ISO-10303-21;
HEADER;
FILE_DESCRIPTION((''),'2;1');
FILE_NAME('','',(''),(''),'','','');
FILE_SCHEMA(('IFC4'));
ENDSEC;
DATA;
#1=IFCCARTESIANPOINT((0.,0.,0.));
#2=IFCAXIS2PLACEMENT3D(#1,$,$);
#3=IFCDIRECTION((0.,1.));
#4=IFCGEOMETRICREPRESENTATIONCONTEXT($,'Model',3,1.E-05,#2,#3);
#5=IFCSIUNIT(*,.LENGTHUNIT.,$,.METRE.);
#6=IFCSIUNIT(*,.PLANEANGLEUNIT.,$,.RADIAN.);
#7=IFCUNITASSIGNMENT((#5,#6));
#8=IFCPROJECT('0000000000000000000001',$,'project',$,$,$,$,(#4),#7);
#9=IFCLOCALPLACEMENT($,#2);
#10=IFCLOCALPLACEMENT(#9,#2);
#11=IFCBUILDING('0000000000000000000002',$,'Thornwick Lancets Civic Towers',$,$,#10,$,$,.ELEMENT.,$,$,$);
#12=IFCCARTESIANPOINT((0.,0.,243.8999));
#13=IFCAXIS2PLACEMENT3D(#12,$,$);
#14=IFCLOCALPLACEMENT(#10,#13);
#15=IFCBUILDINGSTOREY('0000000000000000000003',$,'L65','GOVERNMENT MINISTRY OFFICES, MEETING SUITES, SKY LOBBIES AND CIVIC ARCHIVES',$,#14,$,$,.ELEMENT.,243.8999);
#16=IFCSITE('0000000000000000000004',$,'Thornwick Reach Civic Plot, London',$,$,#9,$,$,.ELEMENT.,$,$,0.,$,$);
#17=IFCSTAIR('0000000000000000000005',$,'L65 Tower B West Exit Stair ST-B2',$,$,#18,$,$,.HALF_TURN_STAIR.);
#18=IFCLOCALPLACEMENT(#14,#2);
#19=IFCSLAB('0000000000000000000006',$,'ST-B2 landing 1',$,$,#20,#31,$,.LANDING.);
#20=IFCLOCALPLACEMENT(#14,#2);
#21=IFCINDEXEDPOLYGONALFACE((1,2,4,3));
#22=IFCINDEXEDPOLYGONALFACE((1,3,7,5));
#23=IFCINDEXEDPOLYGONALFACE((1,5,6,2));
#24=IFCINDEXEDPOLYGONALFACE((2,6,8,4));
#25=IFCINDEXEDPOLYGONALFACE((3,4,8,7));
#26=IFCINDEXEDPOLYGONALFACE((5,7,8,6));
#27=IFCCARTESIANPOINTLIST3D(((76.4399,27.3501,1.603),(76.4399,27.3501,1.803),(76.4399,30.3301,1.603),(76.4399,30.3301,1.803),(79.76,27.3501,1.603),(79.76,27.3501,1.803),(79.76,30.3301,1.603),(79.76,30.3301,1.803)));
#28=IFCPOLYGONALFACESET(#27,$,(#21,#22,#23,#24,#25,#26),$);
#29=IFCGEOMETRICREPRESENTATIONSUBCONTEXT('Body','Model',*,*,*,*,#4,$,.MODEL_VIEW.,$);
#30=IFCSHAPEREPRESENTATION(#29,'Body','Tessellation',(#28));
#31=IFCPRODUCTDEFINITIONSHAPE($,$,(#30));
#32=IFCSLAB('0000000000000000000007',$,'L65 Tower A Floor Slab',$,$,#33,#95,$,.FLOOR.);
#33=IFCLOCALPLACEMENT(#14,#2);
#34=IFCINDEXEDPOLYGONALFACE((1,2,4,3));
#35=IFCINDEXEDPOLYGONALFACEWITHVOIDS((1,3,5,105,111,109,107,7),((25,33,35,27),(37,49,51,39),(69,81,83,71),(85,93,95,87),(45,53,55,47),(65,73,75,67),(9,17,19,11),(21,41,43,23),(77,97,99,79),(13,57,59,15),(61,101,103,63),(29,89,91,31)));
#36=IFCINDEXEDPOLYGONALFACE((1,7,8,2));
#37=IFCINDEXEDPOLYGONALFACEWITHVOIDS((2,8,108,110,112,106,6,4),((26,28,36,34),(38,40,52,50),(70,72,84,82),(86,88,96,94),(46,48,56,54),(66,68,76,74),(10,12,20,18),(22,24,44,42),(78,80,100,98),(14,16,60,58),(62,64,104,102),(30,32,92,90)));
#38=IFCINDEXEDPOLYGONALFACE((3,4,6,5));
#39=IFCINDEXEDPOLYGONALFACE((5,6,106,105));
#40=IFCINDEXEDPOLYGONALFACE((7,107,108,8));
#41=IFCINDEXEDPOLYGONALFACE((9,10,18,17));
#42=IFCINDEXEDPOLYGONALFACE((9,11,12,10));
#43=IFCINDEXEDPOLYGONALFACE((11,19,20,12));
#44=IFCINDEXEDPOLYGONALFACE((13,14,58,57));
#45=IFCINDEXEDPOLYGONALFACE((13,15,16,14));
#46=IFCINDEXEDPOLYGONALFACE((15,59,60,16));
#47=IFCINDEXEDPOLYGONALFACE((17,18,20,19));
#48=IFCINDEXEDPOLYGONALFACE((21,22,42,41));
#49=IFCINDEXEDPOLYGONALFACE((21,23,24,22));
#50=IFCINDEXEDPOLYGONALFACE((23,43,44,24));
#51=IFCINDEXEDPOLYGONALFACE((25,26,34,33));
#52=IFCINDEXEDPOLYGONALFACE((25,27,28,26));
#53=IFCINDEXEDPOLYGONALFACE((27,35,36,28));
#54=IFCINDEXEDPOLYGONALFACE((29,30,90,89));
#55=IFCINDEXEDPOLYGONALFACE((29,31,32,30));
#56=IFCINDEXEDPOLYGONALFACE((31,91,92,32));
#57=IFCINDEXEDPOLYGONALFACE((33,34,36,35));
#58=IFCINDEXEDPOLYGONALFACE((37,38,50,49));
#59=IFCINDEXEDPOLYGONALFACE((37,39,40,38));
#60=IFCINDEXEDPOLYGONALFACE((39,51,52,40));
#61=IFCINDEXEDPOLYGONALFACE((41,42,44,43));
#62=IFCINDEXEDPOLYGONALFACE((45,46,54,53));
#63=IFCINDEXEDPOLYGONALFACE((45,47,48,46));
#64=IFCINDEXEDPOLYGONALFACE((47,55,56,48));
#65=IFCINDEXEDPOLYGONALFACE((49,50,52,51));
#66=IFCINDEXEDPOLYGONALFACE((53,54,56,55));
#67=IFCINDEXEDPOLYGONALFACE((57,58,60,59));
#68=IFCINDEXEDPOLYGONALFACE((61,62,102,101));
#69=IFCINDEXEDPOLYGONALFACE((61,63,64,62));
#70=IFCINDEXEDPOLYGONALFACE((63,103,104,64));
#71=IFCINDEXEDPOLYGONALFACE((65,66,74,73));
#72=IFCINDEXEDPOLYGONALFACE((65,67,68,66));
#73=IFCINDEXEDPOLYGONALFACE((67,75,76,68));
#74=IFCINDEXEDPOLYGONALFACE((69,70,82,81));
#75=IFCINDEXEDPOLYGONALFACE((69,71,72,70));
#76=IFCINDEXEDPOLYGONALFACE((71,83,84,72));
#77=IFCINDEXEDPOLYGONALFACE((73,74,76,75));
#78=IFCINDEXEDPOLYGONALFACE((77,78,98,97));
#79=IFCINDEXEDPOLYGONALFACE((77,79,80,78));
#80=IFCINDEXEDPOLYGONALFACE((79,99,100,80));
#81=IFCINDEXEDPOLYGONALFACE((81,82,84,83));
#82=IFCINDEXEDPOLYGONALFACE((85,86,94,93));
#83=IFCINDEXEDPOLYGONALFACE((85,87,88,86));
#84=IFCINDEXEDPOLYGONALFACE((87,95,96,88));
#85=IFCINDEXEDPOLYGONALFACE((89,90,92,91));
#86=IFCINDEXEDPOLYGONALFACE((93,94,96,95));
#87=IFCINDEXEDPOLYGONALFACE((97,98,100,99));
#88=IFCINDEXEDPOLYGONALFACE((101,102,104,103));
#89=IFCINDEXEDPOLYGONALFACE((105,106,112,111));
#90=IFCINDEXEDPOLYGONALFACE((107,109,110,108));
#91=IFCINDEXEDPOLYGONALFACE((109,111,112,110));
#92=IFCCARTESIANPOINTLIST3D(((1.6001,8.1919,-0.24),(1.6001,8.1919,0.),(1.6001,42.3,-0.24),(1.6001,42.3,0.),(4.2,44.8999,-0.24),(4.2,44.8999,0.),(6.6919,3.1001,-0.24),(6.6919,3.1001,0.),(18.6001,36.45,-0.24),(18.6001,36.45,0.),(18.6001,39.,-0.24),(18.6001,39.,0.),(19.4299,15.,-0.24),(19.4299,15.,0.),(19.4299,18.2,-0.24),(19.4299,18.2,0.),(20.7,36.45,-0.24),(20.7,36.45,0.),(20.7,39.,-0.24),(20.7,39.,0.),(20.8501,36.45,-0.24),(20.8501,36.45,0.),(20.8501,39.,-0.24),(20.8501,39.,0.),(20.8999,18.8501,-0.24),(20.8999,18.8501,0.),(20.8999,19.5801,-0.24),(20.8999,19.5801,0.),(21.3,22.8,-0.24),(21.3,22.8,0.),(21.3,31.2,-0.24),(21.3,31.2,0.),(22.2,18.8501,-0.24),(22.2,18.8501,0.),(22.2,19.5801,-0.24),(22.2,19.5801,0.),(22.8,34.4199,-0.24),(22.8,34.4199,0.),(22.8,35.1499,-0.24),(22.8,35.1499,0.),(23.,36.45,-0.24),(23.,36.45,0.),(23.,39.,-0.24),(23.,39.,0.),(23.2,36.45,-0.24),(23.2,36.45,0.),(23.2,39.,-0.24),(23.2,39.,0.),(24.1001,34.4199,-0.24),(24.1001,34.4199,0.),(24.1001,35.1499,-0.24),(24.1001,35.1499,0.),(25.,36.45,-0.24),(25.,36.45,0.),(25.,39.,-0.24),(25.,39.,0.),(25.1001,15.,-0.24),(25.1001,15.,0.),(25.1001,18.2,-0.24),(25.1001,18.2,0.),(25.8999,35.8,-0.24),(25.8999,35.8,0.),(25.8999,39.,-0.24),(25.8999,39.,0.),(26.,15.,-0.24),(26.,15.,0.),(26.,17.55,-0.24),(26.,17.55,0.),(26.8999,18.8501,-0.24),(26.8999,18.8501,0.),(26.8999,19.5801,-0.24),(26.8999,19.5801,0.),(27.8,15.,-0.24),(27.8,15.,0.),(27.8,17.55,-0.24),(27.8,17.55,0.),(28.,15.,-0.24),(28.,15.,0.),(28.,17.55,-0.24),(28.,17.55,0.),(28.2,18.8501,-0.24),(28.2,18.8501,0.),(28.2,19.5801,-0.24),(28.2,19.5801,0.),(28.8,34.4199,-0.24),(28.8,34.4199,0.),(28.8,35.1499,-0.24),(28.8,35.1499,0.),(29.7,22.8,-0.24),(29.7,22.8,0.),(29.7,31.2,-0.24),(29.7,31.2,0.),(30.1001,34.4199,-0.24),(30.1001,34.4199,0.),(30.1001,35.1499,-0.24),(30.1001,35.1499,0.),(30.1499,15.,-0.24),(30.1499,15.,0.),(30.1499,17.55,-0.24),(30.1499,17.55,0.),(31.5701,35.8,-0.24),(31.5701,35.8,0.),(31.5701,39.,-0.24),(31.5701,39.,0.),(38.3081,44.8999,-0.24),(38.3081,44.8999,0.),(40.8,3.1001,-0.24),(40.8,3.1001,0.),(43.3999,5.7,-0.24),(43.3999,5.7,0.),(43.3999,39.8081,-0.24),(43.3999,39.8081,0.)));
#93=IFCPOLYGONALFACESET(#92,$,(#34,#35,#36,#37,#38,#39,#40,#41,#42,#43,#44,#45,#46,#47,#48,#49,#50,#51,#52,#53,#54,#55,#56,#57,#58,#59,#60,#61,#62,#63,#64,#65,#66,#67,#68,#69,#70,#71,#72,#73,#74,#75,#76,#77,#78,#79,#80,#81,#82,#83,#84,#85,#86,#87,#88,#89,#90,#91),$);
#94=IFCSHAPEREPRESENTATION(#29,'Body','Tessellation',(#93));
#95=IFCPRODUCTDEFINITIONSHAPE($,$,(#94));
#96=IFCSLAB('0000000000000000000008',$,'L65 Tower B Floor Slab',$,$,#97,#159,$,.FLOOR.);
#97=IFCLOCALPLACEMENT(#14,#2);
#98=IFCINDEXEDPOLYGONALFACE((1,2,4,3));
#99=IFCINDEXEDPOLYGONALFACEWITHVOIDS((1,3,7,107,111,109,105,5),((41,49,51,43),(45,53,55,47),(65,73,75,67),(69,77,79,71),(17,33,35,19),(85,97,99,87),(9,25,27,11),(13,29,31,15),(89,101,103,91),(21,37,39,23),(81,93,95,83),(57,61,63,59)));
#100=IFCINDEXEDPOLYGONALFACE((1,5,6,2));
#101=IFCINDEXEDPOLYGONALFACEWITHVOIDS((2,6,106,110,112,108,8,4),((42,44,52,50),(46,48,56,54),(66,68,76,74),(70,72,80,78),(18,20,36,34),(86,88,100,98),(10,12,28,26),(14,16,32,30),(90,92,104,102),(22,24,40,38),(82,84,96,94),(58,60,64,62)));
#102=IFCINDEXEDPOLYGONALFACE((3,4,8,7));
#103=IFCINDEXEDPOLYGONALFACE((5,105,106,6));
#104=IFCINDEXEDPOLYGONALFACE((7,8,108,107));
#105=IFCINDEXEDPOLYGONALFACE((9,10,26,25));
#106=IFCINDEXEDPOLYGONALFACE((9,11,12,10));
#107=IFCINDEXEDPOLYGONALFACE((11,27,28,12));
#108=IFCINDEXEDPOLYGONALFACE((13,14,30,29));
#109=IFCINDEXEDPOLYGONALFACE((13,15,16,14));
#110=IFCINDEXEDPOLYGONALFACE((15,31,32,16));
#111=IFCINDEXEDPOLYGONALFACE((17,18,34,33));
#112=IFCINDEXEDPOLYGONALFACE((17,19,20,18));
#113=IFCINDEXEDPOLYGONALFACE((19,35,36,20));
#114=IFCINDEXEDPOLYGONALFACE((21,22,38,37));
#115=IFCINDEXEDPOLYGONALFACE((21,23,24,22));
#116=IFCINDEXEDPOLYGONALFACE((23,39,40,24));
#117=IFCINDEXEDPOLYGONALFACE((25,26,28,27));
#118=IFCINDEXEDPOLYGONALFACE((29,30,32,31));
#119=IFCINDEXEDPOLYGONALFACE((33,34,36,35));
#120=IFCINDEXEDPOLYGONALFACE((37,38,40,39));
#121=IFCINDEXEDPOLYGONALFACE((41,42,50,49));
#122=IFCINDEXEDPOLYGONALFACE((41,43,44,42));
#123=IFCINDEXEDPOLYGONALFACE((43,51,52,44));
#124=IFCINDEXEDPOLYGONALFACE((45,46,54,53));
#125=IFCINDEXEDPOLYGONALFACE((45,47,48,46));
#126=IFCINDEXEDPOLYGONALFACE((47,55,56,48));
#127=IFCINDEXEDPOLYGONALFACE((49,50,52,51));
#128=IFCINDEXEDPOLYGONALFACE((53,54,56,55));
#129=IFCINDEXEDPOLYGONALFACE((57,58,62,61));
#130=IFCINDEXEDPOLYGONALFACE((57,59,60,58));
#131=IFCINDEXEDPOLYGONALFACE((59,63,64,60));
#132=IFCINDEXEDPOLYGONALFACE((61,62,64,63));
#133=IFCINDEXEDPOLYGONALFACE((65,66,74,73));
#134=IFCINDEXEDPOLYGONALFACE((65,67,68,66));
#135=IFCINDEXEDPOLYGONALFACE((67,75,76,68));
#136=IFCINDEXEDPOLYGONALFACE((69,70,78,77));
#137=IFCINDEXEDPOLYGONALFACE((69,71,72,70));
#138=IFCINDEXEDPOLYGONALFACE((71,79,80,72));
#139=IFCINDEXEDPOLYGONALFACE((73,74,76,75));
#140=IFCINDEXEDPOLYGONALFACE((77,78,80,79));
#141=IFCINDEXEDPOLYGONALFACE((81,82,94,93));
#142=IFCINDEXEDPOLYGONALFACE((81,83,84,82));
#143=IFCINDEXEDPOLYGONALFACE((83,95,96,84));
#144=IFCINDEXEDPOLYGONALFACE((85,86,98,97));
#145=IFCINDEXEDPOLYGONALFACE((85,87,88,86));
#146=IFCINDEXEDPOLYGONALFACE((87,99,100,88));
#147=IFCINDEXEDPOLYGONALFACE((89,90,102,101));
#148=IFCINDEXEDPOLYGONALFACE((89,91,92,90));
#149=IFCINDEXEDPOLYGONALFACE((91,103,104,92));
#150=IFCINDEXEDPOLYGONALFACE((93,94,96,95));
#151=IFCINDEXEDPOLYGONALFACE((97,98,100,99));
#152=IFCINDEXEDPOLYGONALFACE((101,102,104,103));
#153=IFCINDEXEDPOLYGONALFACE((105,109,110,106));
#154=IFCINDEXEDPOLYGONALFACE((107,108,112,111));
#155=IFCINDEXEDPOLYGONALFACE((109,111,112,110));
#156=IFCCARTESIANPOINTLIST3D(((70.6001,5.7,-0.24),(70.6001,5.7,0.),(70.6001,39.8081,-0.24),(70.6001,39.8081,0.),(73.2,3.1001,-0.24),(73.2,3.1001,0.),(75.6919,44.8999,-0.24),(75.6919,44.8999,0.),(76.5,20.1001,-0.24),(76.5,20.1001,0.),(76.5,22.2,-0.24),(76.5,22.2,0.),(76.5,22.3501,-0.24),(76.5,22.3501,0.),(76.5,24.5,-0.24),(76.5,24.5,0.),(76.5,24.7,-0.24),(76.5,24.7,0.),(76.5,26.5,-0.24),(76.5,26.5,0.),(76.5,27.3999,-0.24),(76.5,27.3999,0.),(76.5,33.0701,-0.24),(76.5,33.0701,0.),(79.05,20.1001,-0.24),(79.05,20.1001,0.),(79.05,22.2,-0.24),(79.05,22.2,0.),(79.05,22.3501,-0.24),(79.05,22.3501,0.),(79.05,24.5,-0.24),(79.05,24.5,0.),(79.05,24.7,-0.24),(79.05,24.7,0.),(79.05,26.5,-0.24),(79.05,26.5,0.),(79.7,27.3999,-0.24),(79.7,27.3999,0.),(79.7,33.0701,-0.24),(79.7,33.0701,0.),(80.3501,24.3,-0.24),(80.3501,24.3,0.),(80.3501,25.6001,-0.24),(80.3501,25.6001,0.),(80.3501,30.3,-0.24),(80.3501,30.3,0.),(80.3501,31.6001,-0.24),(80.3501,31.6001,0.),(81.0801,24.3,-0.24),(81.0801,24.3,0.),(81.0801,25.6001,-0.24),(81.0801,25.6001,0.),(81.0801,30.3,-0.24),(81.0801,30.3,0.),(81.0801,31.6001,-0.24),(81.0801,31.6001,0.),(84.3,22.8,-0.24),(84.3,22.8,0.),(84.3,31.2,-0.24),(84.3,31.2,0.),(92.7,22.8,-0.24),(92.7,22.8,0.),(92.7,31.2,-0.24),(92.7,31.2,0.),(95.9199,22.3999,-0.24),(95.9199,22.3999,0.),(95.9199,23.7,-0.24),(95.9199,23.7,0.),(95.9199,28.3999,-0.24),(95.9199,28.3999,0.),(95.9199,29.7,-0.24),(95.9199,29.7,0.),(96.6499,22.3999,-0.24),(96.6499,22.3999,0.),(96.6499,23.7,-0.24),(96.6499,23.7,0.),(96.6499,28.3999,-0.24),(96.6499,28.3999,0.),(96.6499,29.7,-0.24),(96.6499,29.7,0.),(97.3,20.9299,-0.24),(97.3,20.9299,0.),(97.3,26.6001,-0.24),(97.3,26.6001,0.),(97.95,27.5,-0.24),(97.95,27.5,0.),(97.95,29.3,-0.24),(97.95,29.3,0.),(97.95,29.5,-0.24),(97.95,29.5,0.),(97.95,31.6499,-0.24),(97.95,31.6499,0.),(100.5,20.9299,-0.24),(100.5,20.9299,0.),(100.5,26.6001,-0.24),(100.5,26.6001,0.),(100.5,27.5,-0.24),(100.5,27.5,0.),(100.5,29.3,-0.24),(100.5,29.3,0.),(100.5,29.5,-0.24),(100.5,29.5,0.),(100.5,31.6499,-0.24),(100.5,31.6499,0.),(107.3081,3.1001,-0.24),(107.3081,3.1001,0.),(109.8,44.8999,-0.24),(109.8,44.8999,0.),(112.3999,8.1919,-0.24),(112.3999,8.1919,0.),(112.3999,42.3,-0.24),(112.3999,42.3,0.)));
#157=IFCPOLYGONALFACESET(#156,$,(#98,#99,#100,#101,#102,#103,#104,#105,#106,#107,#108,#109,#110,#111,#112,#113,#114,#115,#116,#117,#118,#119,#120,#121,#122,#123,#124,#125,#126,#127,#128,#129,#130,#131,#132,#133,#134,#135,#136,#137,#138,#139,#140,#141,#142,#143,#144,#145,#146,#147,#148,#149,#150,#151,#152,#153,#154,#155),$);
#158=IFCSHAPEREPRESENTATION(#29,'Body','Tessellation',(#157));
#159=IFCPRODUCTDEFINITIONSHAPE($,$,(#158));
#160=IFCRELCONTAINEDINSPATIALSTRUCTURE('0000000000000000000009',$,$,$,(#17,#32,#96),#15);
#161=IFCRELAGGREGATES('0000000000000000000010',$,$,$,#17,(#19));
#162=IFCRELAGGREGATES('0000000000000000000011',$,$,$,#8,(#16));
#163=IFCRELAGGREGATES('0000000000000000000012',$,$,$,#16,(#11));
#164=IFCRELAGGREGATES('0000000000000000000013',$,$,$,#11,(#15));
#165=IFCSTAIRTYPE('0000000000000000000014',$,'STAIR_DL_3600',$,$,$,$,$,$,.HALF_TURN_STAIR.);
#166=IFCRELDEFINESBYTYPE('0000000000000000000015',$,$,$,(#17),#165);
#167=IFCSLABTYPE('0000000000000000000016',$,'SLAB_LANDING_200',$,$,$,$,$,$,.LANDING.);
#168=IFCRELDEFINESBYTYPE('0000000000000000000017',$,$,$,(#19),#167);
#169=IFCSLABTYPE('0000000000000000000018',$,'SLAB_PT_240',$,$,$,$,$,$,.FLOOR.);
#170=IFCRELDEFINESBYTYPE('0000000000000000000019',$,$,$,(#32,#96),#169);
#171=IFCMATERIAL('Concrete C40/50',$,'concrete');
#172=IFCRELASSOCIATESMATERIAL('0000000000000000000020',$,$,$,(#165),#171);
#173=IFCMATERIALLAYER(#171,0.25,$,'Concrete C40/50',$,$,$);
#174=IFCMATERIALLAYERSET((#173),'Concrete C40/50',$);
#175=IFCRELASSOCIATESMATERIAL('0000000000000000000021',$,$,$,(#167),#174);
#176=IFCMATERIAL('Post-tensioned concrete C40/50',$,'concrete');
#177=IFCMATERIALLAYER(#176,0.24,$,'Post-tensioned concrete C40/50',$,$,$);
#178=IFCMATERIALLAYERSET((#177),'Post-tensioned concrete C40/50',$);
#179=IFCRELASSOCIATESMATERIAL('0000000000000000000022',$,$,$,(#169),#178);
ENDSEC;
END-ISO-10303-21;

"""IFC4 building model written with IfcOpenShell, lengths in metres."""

from ifc_helpers import new_model, si_unit, direction, frame, origin, place, context, subcontext, project, spatial, polyline, outline, extrude, material, layer, layer_set, type_object, element, aggregate, save


model = new_model("IFC4")

# Units and contexts
model_context = context("Model", 3, precision=1e-05, world=origin(), true_north=direction((0.0, 1.0)))
body_context = subcontext(model_context, "Body", "Model", "MODEL_VIEW")
ifc_project = project(units=[si_unit("LENGTHUNIT", "METRE"), si_unit("PLANEANGLEUNIT", "RADIAN")], contexts=[model_context])

# Site, building, storey
site_placement = place(None, origin())
site = spatial("IfcSite", under=ifc_project, at=site_placement, Name="Thornwick Reach Civic Plot, London", CompositionType="ELEMENT", RefElevation=0.0)
building_placement = place(site_placement, origin())
building = spatial("IfcBuilding", under=site, at=building_placement, Name="Thornwick Lancets Civic Towers", CompositionType="ELEMENT")
storey_placement = place(building_placement, frame((0.0, 0.0, 243.8999)))
storey = spatial("IfcBuildingStorey", under=building, at=storey_placement, Name="L65", Description="GOVERNMENT MINISTRY OFFICES, MEETING SUITES, SKY LOBBIES AND CIVIC ARCHIVES", CompositionType="ELEMENT", Elevation=243.8999)

# Shared definitions
ifc_material_1 = material(Name="Post-tensioned concrete C40/50", Category="concrete")

# Stair, slab
ifc_material_2 = material(Name="Concrete C40/50", Category="concrete")
stair_type = type_object("IfcStairType", Name="STAIR_DL_3600", PredefinedType="HALF_TURN_STAIR", material=ifc_material_2)
ifc_layer_1 = layer(ifc_material_2, 0.25, Name="Concrete C40/50")
ifc_layer_set_1 = layer_set([ifc_layer_1], Name="Concrete C40/50")
slab_type_1 = type_object("IfcSlabType", Name="SLAB_LANDING_200", PredefinedType="LANDING", material=ifc_layer_set_1)
stair_1_placement = place(storey_placement, origin())
stair_1 = element("IfcStair", 1, at=stair_1_placement, inside=storey, type_object=stair_type, Name="L65 Tower B West Exit Stair ST-B2", PredefinedType="HALF_TURN_STAIR")
slab_1_placement = place(storey_placement, frame((0.0, 0.0, 1.603)))
slab_1 = element("IfcSlab", 2, at=slab_1_placement, type_object=slab_type_1, Name="ST-B2 landing 1", PredefinedType="LANDING", context=body_context, shape_type="SweptSolid", body=[
    extrude(outline(polyline([(76.4399, 30.3301), (76.4399, 27.3501), (79.76, 27.3501), (79.76, 30.3301), (76.4399, 30.3301)])), origin(), (0.0, 0.0, 1.0), 0.2),
])
aggregate(stair_1, [slab_1])

# Slabs
ifc_layer_2 = layer(ifc_material_1, 0.24, Name="Post-tensioned concrete C40/50")
ifc_layer_set_2 = layer_set([ifc_layer_2], Name="Post-tensioned concrete C40/50")
slab_type_2 = type_object("IfcSlabType", Name="SLAB_PT_240", PredefinedType="FLOOR", material=ifc_layer_set_2)
slab_2_placement = place(storey_placement, frame((0.0, 0.0, -0.24)))
element("IfcSlab", 3, at=slab_2_placement, inside=storey, type_object=slab_type_2, Name="L65 Tower A Floor Slab", PredefinedType="FLOOR", context=body_context, shape_type="SweptSolid", body=[
    extrude(outline(polyline([(6.6919, 3.1001), (40.8, 3.1001), (43.3999, 5.7), (43.3999, 39.8081), (38.3081, 44.8999), (4.2, 44.8999), (1.6001, 42.3), (1.6001, 8.1919), (6.6919, 3.1001)]), holes=[polyline([(21.3, 22.8), (29.7, 22.8), (29.7, 31.2), (21.3, 31.2), (21.3, 22.8)]), polyline([(19.4299, 15.0), (25.1001, 15.0), (25.1001, 18.2), (19.4299, 18.2), (19.4299, 15.0)]), polyline([(31.5701, 39.0), (25.8999, 39.0), (25.8999, 35.8), (31.5701, 35.8), (31.5701, 39.0)]), polyline([(26.0, 15.0), (27.8, 15.0), (27.8, 17.55), (26.0, 17.55), (26.0, 15.0)]), polyline([(28.0, 15.0), (30.1499, 15.0), (30.1499, 17.55), (28.0, 17.55), (28.0, 15.0)]), polyline([(23.2, 36.45), (25.0, 36.45), (25.0, 39.0), (23.2, 39.0), (23.2, 36.45)]), polyline([(20.8501, 36.45), (23.0, 36.45), (23.0, 39.0), (20.8501, 39.0), (20.8501, 36.45)]), polyline([(18.6001, 36.45), (20.7, 36.45), (20.7, 39.0), (18.6001, 39.0), (18.6001, 36.45)]), polyline([(26.8999, 18.8501), (28.2, 18.8501), (28.2, 19.5801), (26.8999, 19.5801), (26.8999, 18.8501)]), polyline([(20.8999, 18.8501), (22.2, 18.8501), (22.2, 19.5801), (20.8999, 19.5801), (20.8999, 18.8501)]), polyline([(22.8, 34.4199), (24.1001, 34.4199), (24.1001, 35.1499), (22.8, 35.1499), (22.8, 34.4199)]), polyline([(28.8, 34.4199), (30.1001, 34.4199), (30.1001, 35.1499), (28.8, 35.1499), (28.8, 34.4199)])]), origin(), (0.0, 0.0, 1.0), 0.24),
])
slab_3_placement = place(storey_placement, frame((0.0, 0.0, -0.24)))
element("IfcSlab", 4, at=slab_3_placement, inside=storey, type_object=slab_type_2, Name="L65 Tower B Floor Slab", PredefinedType="FLOOR", context=body_context, shape_type="SweptSolid", body=[
    extrude(outline(polyline([(73.2, 3.1001), (107.3081, 3.1001), (112.3999, 8.1919), (112.3999, 42.3), (109.8, 44.8999), (75.6919, 44.8999), (70.6001, 39.8081), (70.6001, 5.7), (73.2, 3.1001)]), holes=[polyline([(84.3, 22.8), (92.7, 22.8), (92.7, 31.2), (84.3, 31.2), (84.3, 22.8)]), polyline([(100.5, 20.9299), (100.5, 26.6001), (97.3, 26.6001), (97.3, 20.9299), (100.5, 20.9299)]), polyline([(76.5, 33.0701), (76.5, 27.3999), (79.7, 27.3999), (79.7, 33.0701), (76.5, 33.0701)]), polyline([(97.95, 27.5), (100.5, 27.5), (100.5, 29.3), (97.95, 29.3), (97.95, 27.5)]), polyline([(97.95, 29.5), (100.5, 29.5), (100.5, 31.6499), (97.95, 31.6499), (97.95, 29.5)]), polyline([(76.5, 24.7), (79.05, 24.7), (79.05, 26.5), (76.5, 26.5), (76.5, 24.7)]), polyline([(76.5, 22.3501), (79.05, 22.3501), (79.05, 24.5), (76.5, 24.5), (76.5, 22.3501)]), polyline([(76.5, 20.1001), (79.05, 20.1001), (79.05, 22.2), (76.5, 22.2), (76.5, 20.1001)]), polyline([(95.9199, 28.3999), (96.6499, 28.3999), (96.6499, 29.7), (95.9199, 29.7), (95.9199, 28.3999)]), polyline([(95.9199, 22.3999), (96.6499, 22.3999), (96.6499, 23.7), (95.9199, 23.7), (95.9199, 22.3999)]), polyline([(80.3501, 24.3), (81.0801, 24.3), (81.0801, 25.6001), (80.3501, 25.6001), (80.3501, 24.3)]), polyline([(80.3501, 30.3), (81.0801, 30.3), (81.0801, 31.6001), (80.3501, 31.6001), (80.3501, 30.3)])]), origin(), (0.0, 0.0, 1.0), 0.24),
])

save(model, "model.ifc")
